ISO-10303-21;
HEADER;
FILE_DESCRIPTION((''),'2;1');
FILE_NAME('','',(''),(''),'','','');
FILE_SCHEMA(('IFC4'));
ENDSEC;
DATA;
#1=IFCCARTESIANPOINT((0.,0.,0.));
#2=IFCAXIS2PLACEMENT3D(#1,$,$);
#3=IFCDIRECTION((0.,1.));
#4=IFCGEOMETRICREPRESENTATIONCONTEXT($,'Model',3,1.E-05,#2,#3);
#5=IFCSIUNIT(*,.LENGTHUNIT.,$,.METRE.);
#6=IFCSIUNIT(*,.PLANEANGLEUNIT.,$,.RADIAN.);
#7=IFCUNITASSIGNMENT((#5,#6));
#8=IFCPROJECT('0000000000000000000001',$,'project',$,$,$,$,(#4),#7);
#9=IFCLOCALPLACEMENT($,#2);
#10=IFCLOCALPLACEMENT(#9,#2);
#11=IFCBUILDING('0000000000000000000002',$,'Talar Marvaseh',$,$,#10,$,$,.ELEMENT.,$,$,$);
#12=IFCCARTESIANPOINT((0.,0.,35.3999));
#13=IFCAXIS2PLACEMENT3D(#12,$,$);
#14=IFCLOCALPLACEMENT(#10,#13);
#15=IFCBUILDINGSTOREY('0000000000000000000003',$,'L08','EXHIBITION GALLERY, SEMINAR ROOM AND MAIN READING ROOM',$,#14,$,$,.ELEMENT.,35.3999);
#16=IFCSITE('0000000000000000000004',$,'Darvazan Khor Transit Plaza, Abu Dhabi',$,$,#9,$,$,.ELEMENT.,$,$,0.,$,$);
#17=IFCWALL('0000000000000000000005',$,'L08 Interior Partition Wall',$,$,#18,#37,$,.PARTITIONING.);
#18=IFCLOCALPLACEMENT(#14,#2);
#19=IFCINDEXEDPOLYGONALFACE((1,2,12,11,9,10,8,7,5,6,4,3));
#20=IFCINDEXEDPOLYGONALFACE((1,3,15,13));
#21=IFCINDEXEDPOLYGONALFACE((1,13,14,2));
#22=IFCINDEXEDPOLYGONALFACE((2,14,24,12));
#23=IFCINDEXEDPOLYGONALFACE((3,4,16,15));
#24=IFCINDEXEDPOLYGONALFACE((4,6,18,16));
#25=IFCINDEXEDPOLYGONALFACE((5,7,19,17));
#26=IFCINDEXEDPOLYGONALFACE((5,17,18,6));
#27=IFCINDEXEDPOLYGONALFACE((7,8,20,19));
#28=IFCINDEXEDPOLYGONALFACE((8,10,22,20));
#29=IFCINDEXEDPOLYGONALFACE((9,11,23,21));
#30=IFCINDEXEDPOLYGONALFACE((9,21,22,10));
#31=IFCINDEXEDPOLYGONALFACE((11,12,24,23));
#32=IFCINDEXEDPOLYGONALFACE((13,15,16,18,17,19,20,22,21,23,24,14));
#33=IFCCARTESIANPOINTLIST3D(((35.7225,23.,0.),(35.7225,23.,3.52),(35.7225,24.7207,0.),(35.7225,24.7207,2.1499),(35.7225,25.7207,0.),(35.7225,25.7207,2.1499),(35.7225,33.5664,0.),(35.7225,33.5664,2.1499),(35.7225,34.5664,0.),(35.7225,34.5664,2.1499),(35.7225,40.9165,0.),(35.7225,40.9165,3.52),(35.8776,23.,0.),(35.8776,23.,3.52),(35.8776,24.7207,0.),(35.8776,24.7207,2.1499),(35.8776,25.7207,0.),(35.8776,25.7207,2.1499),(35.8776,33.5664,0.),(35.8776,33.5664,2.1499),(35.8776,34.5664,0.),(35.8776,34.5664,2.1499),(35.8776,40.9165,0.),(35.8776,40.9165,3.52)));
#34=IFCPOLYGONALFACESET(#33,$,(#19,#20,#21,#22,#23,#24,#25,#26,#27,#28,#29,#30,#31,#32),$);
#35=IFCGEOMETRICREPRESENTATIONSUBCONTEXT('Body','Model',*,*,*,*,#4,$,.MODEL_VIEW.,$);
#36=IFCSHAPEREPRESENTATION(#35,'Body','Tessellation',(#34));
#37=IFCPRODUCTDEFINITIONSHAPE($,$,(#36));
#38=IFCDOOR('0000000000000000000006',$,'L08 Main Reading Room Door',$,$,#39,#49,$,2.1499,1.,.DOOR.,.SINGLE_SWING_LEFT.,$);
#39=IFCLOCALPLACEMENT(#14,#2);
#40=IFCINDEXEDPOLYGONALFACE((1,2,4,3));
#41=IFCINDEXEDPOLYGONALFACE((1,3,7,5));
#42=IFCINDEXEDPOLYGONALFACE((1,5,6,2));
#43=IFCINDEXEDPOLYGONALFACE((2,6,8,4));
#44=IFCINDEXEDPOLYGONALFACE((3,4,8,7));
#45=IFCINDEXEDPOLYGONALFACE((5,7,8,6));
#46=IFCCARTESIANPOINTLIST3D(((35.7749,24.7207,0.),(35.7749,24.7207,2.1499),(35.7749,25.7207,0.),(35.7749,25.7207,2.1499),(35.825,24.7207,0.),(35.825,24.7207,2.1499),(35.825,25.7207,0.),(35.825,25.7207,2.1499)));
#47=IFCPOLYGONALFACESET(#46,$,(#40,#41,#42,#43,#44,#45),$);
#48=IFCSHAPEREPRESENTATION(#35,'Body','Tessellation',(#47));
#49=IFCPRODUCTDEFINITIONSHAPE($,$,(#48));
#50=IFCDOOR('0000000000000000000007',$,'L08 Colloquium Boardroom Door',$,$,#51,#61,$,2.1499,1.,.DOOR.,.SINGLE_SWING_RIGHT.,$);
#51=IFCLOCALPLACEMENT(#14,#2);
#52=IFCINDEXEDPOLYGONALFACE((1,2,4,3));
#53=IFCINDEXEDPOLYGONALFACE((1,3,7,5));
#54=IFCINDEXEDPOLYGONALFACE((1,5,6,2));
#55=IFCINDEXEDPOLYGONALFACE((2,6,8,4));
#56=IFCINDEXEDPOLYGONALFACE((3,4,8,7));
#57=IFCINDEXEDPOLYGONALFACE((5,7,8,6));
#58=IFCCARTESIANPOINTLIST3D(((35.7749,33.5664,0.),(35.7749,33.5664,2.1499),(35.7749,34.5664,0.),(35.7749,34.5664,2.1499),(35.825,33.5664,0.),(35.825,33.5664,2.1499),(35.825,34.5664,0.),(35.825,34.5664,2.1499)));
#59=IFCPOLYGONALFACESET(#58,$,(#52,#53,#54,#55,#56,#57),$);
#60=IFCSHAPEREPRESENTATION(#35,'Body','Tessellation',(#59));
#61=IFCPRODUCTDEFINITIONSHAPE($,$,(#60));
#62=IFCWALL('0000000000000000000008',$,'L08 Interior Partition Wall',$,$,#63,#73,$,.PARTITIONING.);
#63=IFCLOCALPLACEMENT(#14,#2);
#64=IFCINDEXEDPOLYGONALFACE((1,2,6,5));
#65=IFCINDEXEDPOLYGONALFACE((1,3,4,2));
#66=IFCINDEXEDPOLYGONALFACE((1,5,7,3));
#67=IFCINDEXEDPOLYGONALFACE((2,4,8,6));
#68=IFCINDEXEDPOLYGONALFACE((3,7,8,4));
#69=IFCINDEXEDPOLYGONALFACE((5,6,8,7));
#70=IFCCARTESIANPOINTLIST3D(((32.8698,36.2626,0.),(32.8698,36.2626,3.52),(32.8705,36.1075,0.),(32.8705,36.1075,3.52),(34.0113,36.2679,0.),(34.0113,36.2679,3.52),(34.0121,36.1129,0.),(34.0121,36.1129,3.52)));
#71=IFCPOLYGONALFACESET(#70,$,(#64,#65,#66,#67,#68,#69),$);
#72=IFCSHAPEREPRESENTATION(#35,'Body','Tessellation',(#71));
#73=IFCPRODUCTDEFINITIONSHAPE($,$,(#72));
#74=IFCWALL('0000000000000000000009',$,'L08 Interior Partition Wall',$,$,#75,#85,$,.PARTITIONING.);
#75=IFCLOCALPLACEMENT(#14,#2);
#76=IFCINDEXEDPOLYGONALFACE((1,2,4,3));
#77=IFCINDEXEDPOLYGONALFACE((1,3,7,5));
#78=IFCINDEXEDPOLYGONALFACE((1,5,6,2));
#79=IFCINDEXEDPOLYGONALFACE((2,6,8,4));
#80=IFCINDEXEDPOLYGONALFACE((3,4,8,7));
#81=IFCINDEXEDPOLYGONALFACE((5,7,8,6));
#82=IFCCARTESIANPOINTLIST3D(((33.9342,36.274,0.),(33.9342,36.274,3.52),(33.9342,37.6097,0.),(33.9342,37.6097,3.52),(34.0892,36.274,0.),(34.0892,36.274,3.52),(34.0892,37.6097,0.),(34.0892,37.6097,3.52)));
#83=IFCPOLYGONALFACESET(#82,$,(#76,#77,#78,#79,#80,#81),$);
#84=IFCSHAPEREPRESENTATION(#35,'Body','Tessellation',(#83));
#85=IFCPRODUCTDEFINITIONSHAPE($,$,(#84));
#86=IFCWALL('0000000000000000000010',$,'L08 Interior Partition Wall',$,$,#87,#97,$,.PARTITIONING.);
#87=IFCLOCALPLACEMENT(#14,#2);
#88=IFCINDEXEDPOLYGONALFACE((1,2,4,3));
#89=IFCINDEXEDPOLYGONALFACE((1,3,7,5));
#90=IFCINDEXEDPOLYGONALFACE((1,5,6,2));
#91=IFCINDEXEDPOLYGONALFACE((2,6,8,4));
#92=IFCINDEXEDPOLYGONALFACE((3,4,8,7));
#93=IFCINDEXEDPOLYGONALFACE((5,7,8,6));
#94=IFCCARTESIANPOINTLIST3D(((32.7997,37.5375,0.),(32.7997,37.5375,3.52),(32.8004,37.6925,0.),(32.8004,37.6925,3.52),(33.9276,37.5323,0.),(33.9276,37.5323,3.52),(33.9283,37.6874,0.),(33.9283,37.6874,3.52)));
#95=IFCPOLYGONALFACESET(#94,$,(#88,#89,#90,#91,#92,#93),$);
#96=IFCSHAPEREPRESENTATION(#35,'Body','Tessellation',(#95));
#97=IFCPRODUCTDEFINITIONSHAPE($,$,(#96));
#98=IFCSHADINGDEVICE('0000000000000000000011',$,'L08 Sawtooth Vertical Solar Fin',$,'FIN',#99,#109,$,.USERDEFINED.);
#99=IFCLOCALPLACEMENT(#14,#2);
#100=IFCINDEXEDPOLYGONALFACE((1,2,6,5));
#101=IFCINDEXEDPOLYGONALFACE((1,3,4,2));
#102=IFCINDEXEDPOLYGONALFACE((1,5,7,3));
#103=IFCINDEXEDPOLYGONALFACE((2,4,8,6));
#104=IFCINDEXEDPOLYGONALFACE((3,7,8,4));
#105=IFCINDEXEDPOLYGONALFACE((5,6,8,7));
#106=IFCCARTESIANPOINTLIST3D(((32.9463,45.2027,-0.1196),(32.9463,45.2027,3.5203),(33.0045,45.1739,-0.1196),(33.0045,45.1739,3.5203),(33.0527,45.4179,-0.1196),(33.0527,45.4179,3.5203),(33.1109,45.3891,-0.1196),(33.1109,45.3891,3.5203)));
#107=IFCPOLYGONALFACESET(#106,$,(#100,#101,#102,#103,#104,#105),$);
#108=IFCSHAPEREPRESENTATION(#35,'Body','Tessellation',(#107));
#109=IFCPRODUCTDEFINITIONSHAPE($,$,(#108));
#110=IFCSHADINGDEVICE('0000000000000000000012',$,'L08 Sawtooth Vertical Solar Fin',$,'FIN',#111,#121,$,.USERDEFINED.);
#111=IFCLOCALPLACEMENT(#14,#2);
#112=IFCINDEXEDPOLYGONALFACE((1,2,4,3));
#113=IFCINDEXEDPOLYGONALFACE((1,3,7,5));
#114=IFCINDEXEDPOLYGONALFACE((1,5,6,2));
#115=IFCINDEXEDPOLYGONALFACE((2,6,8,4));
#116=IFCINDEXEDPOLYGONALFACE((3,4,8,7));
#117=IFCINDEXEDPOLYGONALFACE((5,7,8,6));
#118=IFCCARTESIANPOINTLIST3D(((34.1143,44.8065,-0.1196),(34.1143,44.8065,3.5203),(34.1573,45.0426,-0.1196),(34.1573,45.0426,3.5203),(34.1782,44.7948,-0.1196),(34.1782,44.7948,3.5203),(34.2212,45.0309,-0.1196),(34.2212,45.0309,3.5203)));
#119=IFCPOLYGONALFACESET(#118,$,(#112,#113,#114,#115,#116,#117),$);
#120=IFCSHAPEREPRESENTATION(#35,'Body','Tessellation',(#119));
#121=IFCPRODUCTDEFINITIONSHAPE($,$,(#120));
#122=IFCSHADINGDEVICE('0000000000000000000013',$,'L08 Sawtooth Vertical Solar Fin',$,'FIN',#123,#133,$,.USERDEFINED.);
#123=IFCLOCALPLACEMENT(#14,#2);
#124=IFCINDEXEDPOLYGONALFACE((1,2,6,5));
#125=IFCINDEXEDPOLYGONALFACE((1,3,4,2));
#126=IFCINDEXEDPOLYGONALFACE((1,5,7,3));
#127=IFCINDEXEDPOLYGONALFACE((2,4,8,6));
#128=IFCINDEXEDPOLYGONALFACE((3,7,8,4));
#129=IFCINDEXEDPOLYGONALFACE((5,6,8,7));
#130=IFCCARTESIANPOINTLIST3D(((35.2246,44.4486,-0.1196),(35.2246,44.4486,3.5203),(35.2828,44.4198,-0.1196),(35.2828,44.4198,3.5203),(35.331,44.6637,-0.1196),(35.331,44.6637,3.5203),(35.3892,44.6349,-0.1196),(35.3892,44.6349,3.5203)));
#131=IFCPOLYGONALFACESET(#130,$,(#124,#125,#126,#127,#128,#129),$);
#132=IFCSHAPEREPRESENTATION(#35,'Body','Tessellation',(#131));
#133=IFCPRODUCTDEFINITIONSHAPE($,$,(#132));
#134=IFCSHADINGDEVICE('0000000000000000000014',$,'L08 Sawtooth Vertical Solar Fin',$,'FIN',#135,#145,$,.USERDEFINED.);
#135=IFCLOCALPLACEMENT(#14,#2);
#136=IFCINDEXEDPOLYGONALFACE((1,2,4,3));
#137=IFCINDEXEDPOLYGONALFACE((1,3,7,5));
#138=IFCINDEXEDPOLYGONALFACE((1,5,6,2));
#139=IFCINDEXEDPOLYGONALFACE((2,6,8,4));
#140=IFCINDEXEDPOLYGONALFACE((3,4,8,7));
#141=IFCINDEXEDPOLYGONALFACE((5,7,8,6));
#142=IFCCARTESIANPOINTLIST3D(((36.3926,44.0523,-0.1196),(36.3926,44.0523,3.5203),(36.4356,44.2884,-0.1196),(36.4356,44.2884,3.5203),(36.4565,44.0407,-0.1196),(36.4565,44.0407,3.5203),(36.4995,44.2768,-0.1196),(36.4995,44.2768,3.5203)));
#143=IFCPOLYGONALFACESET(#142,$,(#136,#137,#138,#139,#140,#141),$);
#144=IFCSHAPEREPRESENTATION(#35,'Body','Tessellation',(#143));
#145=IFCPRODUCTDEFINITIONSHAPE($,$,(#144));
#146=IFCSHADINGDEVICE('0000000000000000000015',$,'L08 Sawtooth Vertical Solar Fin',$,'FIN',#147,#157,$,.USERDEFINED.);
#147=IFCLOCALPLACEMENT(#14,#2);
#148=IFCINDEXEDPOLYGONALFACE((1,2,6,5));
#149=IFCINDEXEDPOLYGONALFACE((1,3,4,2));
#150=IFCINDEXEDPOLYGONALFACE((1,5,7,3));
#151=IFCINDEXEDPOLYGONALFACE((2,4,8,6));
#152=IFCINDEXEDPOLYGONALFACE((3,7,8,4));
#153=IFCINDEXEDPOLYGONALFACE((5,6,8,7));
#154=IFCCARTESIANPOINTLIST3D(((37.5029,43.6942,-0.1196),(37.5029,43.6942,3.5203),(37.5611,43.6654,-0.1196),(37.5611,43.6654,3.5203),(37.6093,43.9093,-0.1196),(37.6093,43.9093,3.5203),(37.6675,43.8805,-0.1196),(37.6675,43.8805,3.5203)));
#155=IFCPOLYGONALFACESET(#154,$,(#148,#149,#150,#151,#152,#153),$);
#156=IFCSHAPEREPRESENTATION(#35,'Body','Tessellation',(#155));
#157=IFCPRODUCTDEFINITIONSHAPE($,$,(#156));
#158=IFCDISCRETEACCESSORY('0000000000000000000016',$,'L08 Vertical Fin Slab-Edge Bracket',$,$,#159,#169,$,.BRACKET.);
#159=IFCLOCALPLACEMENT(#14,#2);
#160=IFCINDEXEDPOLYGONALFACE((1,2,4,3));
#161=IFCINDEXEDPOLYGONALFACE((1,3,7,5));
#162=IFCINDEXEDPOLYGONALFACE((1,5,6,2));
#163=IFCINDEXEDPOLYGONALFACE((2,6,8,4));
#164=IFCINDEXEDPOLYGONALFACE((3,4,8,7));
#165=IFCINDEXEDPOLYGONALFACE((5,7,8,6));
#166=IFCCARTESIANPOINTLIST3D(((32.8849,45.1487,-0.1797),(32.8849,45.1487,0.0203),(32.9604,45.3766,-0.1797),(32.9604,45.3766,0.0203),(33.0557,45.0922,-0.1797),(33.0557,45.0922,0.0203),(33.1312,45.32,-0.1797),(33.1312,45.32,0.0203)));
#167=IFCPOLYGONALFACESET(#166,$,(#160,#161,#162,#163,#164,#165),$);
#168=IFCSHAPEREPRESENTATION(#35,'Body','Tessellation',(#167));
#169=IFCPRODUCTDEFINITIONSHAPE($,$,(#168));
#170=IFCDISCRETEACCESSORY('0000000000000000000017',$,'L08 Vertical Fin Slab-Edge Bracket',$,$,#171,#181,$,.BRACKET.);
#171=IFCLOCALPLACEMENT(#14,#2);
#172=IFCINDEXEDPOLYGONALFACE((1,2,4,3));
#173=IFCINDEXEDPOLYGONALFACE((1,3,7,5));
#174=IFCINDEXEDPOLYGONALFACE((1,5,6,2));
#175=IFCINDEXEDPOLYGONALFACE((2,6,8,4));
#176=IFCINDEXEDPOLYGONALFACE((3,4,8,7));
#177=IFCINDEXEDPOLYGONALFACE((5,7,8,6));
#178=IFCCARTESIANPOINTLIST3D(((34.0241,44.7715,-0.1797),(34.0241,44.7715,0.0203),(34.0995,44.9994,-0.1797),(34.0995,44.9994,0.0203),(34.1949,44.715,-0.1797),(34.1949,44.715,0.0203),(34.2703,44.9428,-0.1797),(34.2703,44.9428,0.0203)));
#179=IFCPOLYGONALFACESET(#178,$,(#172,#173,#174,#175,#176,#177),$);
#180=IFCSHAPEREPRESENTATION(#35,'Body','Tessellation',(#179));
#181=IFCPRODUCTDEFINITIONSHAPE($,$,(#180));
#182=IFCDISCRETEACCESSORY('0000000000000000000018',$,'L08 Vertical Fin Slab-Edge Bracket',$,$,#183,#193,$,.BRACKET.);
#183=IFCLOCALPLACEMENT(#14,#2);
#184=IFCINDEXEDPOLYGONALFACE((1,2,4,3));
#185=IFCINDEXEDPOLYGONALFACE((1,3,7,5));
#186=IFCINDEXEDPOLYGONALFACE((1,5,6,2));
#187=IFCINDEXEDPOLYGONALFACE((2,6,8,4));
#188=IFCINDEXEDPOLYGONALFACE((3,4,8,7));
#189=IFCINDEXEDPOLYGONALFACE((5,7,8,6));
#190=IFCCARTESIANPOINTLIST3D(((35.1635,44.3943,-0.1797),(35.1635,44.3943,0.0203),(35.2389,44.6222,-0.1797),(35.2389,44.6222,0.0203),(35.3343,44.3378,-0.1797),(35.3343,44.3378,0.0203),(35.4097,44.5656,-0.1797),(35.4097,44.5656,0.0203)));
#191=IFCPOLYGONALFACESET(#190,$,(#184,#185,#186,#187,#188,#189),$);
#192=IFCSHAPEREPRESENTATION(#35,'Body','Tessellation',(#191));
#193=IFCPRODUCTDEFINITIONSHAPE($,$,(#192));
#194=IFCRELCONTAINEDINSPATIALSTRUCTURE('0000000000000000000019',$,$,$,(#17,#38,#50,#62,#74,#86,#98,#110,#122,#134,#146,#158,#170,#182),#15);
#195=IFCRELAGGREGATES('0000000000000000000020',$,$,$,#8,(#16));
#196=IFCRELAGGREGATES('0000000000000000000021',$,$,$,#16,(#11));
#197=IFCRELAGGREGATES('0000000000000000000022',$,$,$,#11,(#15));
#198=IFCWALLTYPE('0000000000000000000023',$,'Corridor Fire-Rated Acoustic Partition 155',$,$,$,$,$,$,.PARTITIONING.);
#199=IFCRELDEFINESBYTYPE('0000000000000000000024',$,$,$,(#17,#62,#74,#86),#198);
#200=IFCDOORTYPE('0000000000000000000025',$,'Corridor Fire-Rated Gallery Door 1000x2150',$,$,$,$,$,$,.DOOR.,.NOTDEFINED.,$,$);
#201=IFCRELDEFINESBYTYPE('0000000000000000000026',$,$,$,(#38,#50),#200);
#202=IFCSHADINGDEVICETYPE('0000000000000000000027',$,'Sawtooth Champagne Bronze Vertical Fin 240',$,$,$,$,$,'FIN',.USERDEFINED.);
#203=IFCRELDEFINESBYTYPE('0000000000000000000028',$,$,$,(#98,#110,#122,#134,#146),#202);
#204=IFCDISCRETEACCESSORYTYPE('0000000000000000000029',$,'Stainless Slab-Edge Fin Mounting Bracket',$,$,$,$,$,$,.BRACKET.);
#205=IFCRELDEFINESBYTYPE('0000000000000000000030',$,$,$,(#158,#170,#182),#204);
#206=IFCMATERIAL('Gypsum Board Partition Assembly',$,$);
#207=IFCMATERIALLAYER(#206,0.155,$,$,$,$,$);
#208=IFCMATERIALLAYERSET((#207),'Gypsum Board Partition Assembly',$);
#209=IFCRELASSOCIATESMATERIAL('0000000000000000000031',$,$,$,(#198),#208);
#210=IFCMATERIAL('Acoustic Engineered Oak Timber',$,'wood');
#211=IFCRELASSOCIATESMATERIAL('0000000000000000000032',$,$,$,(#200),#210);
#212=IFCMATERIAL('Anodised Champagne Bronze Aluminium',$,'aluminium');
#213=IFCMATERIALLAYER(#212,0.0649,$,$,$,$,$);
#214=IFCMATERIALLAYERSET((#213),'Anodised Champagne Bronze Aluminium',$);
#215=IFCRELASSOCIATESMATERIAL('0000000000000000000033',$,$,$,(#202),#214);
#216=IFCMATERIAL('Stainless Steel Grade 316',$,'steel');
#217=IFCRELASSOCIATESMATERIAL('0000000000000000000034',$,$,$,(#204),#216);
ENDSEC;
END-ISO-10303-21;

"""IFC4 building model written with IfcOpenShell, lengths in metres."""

from ifc_helpers import new_model, si_unit, direction, frame, frame_2d, origin, origin_2d, place, context, subcontext, project, spatial, rectangle, extrude, source, transform, mapped, material, layer, layer_set, type_object, type_shapes, element, fill, save


model = new_model("IFC4")

# Units and contexts
model_context = context("Model", 3, precision=1e-05, world=origin(), true_north=direction((0.0, 1.0)))
body_context = subcontext(model_context, "Body", "Model", "MODEL_VIEW")
ifc_project = project(units=[si_unit("LENGTHUNIT", "METRE"), si_unit("PLANEANGLEUNIT", "RADIAN")], contexts=[model_context])

# Site, building, storey
site_placement = place(None, origin())
site = spatial("IfcSite", under=ifc_project, at=site_placement, Name="Darvazan Khor Transit Plaza, Abu Dhabi", CompositionType="ELEMENT", RefElevation=0.0)
building_placement = place(site_placement, origin())
building = spatial("IfcBuilding", under=site, at=building_placement, Name="Talar Marvaseh", CompositionType="ELEMENT")
storey_placement = place(building_placement, frame((0.0, 0.0, 35.3999)))
storey = spatial("IfcBuildingStorey", under=building, at=storey_placement, Name="L08", Description="EXHIBITION GALLERY, SEMINAR ROOM AND MAIN READING ROOM", CompositionType="ELEMENT", Elevation=35.3999)

# Wall, openings, doors
ifc_material_1 = material(Name="Gypsum Board Partition Assembly")
ifc_layer_1 = layer(ifc_material_1, 0.155)
ifc_layer_set_1 = layer_set([ifc_layer_1], Name="Gypsum Board Partition Assembly")
wall_type = type_object("IfcWallType", Name="Corridor Fire-Rated Acoustic Partition 155", PredefinedType="PARTITIONING", material=ifc_layer_set_1)
wall_1_placement = place(storey_placement, frame((35.8, 40.9165, 0.0), z_axis=(0.0, 0.0, 1.0), x_axis=(0.0, -1.0, 0.0)))
wall_1 = element("IfcWall", 1, at=wall_1_placement, inside=storey, type_object=wall_type, Name="L08 Interior Partition Wall", PredefinedType="PARTITIONING", context=body_context, shape_type="SweptSolid", body=[
    extrude(rectangle(XDim=17.9165, YDim=0.155, at=frame_2d((8.9583, 0.0))), origin(), (0.0, 0.0, 1.0), 3.52),
])
opening_1_placement = place(wall_1_placement, frame((15.1958, 0.0, 0.0)))
opening_1 = element("IfcOpeningElement", 2, at=opening_1_placement, cuts=wall_1, PredefinedType="OPENING", context=body_context, shape_type="SweptSolid", body=[
    extrude(rectangle(XDim=1.0, YDim=2.1499, at=frame_2d((0.5, 1.075))), frame((0.0, 0.0874, 0.0), z_axis=(0.0, -1.0, 0.0), x_axis=(1.0, 0.0, 0.0)), (0.0, 0.0, 1.0), 0.175),
])
opening_2_placement = place(wall_1_placement, frame((6.3501, 0.0, 0.0)))
opening_2 = element("IfcOpeningElement", 3, at=opening_2_placement, cuts=wall_1, PredefinedType="OPENING", context=body_context, shape_type="SweptSolid", body=[
    extrude(rectangle(XDim=1.0, YDim=2.1499, at=frame_2d((0.5, 1.075))), frame((0.0, 0.0874, 0.0), z_axis=(0.0, -1.0, 0.0), x_axis=(1.0, 0.0, 0.0)), (0.0, 0.0, 1.0), 0.175),
])
ifc_material_2 = material(Name="Acoustic Engineered Oak Timber", Category="wood")
door_type = type_object("IfcDoorType", Name="Corridor Fire-Rated Gallery Door 1000x2150", OperationType="NOTDEFINED", PredefinedType="DOOR", material=ifc_material_2)
shared_shape_1 = source(origin(), body_context, "Body", "SweptSolid", [
    extrude(rectangle(XDim=1.0, YDim=2.1499, at=frame_2d((0.5, 1.075))), frame((0.0, 0.0249, 0.0), z_axis=(0.0, -1.0, 0.0), x_axis=(1.0, 0.0, 0.0)), (0.0, 0.0, 1.0), 0.05),
])
type_shapes(door_type, [shared_shape_1])
door_1_placement = place(opening_1_placement, origin())
door_1 = element("IfcDoor", 4, at=door_1_placement, inside=storey, type_object=door_type, Name="L08 Main Reading Room Door", OperationType="SINGLE_SWING_LEFT", OverallHeight=2.1499, OverallWidth=1.0, PredefinedType="DOOR", context=body_context, shape_type="MappedRepresentation", body=[
    mapped(shared_shape_1, transform((0.0, 0.0, 0.0), x_axis=(1.0, 0.0, 0.0), y_axis=(0.0, 1.0, 0.0), z_axis=(0.0, 0.0, 1.0), scale=1.0)),
])
fill(opening_1, door_1)
door_2_placement = place(opening_2_placement, origin())
door_2 = element("IfcDoor", 5, at=door_2_placement, inside=storey, type_object=door_type, Name="L08 Colloquium Boardroom Door", OperationType="SINGLE_SWING_RIGHT", OverallHeight=2.1499, OverallWidth=1.0, PredefinedType="DOOR", context=body_context, shape_type="MappedRepresentation", body=[
    mapped(shared_shape_1, transform((0.0, 0.0, 0.0), x_axis=(1.0, 0.0, 0.0), y_axis=(0.0, 1.0, 0.0), z_axis=(0.0, 0.0, 1.0), scale=1.0)),
])
fill(opening_2, door_2)

# Walls
wall_2_placement = place(storey_placement, frame((32.8701, 36.1851, 0.0), z_axis=(0.0, 0.0, 1.0), x_axis=(0.999989, 0.004705, 0.0)))
element("IfcWall", 6, at=wall_2_placement, inside=storey, type_object=wall_type, Name="L08 Interior Partition Wall", PredefinedType="PARTITIONING", context=body_context, shape_type="SweptSolid", body=[
    extrude(rectangle(XDim=1.1416, YDim=0.155, at=frame_2d((0.5708, 0.0))), origin(), (0.0, 0.0, 1.0), 3.52),
])
wall_3_placement = place(storey_placement, frame((34.0117, 36.2739, 0.0), z_axis=(0.0, 0.0, 1.0), x_axis=(0.0, 1.0, 0.0)))
element("IfcWall", 7, at=wall_3_placement, inside=storey, type_object=wall_type, Name="L08 Interior Partition Wall", PredefinedType="PARTITIONING", context=body_context, shape_type="SweptSolid", body=[
    extrude(rectangle(XDim=1.3357, YDim=0.155, at=frame_2d((0.668, 0.0))), origin(), (0.0, 0.0, 1.0), 3.52),
])
wall_4_placement = place(storey_placement, frame((33.928, 37.6099, 0.0), z_axis=(0.0, 0.0, 1.0), x_axis=(-0.99999, 0.004545, 0.0)))
element("IfcWall", 8, at=wall_4_placement, inside=storey, type_object=wall_type, Name="L08 Interior Partition Wall", PredefinedType="PARTITIONING", context=body_context, shape_type="SweptSolid", body=[
    extrude(rectangle(XDim=1.1279, YDim=0.155, at=frame_2d((0.564, 0.0))), origin(), (0.0, 0.0, 1.0), 3.52),
])

# Shading devices
ifc_material_3 = material(Name="Anodised Champagne Bronze Aluminium", Category="aluminium")
ifc_layer_2 = layer(ifc_material_3, 0.0649)
ifc_layer_set_2 = layer_set([ifc_layer_2], Name="Anodised Champagne Bronze Aluminium")
shading_device_type = type_object("IfcShadingDeviceType", Name="Sawtooth Champagne Bronze Vertical Fin 240", ElementType="FIN", PredefinedType="USERDEFINED", material=ifc_layer_set_2)
shared_shape_2 = source(origin(), body_context, "Body", "SweptSolid", [
    extrude(rectangle(XDim=0.24, YDim=0.0649, at=origin_2d()), origin(), (0.0, 0.0, 1.0), 3.6399),
])
type_shapes(shading_device_type, [shared_shape_2])
for number, where, z_axis, x_axis, name in (
    (9, (33.0286, 45.2959, -0.1196), (0.0, 0.0, 1.0), (0.443384, 0.896332, 0.0), "L08 Sawtooth Vertical Solar Fin"),
    (10, (34.1677, 44.9187, -0.1196), (0.0, 0.0, 1.0), (0.179146, 0.983823, 0.0), "L08 Sawtooth Vertical Solar Fin"),
    (11, (35.3069, 44.5417, -0.1196), (0.0, 0.0, 1.0), (0.443384, 0.896332, 0.0), "L08 Sawtooth Vertical Solar Fin"),
    (12, (36.446, 44.1646, -0.1196), (0.0, 0.0, 1.0), (0.179146, 0.983823, 0.0), "L08 Sawtooth Vertical Solar Fin"),
    (13, (37.5852, 43.7874, -0.1196), (0.0, 0.0, 1.0), (0.443384, 0.896332, 0.0), "L08 Sawtooth Vertical Solar Fin"),
):
    element("IfcShadingDevice", number, at=place(storey_placement, frame(where, z_axis=z_axis, x_axis=x_axis)), inside=storey, type_object=shading_device_type, Name=name, ObjectType="FIN", PredefinedType="USERDEFINED", context=body_context, shape_type="MappedRepresentation", body=[
        mapped(shared_shape_2, transform((0.0, 0.0, 0.0), x_axis=(1.0, 0.0, 0.0), y_axis=(0.0, 1.0, 0.0), z_axis=(0.0, 0.0, 1.0), scale=1.0)),
    ])

# Discrete accessories
ifc_material_4 = material(Name="Stainless Steel Grade 316", Category="steel")
discrete_accessory_type = type_object("IfcDiscreteAccessoryType", Name="Stainless Slab-Edge Fin Mounting Bracket", PredefinedType="BRACKET", material=ifc_material_4)
shared_shape_3 = source(origin(), body_context, "Body", "SweptSolid", [
    extrude(rectangle(XDim=0.24, YDim=0.1799, at=origin_2d()), origin(), (0.0, 0.0, 1.0), 0.2),
])
type_shapes(discrete_accessory_type, [shared_shape_3])
for number, where, z_axis, x_axis, name in (
    (14, (33.0081, 45.2344, -0.1797), (0.0, 0.0, 1.0), (0.314324, 0.949316, 0.0), "L08 Vertical Fin Slab-Edge Bracket"),
    (15, (34.1472, 44.8572, -0.1797), (0.0, 0.0, 1.0), (0.314324, 0.949316, 0.0), "L08 Vertical Fin Slab-Edge Bracket"),
    (16, (35.2866, 44.48, -0.1797), (0.0, 0.0, 1.0), (0.314324, 0.949316, 0.0), "L08 Vertical Fin Slab-Edge Bracket"),
):
    element("IfcDiscreteAccessory", number, at=place(storey_placement, frame(where, z_axis=z_axis, x_axis=x_axis)), inside=storey, type_object=discrete_accessory_type, Name=name, PredefinedType="BRACKET", context=body_context, shape_type="MappedRepresentation", body=[
        mapped(shared_shape_3, transform((0.0, 0.0, 0.0), x_axis=(1.0, 0.0, 0.0), y_axis=(0.0, 1.0, 0.0), z_axis=(0.0, 0.0, 1.0), scale=1.0)),
    ])

save(model, "model.ifc")
